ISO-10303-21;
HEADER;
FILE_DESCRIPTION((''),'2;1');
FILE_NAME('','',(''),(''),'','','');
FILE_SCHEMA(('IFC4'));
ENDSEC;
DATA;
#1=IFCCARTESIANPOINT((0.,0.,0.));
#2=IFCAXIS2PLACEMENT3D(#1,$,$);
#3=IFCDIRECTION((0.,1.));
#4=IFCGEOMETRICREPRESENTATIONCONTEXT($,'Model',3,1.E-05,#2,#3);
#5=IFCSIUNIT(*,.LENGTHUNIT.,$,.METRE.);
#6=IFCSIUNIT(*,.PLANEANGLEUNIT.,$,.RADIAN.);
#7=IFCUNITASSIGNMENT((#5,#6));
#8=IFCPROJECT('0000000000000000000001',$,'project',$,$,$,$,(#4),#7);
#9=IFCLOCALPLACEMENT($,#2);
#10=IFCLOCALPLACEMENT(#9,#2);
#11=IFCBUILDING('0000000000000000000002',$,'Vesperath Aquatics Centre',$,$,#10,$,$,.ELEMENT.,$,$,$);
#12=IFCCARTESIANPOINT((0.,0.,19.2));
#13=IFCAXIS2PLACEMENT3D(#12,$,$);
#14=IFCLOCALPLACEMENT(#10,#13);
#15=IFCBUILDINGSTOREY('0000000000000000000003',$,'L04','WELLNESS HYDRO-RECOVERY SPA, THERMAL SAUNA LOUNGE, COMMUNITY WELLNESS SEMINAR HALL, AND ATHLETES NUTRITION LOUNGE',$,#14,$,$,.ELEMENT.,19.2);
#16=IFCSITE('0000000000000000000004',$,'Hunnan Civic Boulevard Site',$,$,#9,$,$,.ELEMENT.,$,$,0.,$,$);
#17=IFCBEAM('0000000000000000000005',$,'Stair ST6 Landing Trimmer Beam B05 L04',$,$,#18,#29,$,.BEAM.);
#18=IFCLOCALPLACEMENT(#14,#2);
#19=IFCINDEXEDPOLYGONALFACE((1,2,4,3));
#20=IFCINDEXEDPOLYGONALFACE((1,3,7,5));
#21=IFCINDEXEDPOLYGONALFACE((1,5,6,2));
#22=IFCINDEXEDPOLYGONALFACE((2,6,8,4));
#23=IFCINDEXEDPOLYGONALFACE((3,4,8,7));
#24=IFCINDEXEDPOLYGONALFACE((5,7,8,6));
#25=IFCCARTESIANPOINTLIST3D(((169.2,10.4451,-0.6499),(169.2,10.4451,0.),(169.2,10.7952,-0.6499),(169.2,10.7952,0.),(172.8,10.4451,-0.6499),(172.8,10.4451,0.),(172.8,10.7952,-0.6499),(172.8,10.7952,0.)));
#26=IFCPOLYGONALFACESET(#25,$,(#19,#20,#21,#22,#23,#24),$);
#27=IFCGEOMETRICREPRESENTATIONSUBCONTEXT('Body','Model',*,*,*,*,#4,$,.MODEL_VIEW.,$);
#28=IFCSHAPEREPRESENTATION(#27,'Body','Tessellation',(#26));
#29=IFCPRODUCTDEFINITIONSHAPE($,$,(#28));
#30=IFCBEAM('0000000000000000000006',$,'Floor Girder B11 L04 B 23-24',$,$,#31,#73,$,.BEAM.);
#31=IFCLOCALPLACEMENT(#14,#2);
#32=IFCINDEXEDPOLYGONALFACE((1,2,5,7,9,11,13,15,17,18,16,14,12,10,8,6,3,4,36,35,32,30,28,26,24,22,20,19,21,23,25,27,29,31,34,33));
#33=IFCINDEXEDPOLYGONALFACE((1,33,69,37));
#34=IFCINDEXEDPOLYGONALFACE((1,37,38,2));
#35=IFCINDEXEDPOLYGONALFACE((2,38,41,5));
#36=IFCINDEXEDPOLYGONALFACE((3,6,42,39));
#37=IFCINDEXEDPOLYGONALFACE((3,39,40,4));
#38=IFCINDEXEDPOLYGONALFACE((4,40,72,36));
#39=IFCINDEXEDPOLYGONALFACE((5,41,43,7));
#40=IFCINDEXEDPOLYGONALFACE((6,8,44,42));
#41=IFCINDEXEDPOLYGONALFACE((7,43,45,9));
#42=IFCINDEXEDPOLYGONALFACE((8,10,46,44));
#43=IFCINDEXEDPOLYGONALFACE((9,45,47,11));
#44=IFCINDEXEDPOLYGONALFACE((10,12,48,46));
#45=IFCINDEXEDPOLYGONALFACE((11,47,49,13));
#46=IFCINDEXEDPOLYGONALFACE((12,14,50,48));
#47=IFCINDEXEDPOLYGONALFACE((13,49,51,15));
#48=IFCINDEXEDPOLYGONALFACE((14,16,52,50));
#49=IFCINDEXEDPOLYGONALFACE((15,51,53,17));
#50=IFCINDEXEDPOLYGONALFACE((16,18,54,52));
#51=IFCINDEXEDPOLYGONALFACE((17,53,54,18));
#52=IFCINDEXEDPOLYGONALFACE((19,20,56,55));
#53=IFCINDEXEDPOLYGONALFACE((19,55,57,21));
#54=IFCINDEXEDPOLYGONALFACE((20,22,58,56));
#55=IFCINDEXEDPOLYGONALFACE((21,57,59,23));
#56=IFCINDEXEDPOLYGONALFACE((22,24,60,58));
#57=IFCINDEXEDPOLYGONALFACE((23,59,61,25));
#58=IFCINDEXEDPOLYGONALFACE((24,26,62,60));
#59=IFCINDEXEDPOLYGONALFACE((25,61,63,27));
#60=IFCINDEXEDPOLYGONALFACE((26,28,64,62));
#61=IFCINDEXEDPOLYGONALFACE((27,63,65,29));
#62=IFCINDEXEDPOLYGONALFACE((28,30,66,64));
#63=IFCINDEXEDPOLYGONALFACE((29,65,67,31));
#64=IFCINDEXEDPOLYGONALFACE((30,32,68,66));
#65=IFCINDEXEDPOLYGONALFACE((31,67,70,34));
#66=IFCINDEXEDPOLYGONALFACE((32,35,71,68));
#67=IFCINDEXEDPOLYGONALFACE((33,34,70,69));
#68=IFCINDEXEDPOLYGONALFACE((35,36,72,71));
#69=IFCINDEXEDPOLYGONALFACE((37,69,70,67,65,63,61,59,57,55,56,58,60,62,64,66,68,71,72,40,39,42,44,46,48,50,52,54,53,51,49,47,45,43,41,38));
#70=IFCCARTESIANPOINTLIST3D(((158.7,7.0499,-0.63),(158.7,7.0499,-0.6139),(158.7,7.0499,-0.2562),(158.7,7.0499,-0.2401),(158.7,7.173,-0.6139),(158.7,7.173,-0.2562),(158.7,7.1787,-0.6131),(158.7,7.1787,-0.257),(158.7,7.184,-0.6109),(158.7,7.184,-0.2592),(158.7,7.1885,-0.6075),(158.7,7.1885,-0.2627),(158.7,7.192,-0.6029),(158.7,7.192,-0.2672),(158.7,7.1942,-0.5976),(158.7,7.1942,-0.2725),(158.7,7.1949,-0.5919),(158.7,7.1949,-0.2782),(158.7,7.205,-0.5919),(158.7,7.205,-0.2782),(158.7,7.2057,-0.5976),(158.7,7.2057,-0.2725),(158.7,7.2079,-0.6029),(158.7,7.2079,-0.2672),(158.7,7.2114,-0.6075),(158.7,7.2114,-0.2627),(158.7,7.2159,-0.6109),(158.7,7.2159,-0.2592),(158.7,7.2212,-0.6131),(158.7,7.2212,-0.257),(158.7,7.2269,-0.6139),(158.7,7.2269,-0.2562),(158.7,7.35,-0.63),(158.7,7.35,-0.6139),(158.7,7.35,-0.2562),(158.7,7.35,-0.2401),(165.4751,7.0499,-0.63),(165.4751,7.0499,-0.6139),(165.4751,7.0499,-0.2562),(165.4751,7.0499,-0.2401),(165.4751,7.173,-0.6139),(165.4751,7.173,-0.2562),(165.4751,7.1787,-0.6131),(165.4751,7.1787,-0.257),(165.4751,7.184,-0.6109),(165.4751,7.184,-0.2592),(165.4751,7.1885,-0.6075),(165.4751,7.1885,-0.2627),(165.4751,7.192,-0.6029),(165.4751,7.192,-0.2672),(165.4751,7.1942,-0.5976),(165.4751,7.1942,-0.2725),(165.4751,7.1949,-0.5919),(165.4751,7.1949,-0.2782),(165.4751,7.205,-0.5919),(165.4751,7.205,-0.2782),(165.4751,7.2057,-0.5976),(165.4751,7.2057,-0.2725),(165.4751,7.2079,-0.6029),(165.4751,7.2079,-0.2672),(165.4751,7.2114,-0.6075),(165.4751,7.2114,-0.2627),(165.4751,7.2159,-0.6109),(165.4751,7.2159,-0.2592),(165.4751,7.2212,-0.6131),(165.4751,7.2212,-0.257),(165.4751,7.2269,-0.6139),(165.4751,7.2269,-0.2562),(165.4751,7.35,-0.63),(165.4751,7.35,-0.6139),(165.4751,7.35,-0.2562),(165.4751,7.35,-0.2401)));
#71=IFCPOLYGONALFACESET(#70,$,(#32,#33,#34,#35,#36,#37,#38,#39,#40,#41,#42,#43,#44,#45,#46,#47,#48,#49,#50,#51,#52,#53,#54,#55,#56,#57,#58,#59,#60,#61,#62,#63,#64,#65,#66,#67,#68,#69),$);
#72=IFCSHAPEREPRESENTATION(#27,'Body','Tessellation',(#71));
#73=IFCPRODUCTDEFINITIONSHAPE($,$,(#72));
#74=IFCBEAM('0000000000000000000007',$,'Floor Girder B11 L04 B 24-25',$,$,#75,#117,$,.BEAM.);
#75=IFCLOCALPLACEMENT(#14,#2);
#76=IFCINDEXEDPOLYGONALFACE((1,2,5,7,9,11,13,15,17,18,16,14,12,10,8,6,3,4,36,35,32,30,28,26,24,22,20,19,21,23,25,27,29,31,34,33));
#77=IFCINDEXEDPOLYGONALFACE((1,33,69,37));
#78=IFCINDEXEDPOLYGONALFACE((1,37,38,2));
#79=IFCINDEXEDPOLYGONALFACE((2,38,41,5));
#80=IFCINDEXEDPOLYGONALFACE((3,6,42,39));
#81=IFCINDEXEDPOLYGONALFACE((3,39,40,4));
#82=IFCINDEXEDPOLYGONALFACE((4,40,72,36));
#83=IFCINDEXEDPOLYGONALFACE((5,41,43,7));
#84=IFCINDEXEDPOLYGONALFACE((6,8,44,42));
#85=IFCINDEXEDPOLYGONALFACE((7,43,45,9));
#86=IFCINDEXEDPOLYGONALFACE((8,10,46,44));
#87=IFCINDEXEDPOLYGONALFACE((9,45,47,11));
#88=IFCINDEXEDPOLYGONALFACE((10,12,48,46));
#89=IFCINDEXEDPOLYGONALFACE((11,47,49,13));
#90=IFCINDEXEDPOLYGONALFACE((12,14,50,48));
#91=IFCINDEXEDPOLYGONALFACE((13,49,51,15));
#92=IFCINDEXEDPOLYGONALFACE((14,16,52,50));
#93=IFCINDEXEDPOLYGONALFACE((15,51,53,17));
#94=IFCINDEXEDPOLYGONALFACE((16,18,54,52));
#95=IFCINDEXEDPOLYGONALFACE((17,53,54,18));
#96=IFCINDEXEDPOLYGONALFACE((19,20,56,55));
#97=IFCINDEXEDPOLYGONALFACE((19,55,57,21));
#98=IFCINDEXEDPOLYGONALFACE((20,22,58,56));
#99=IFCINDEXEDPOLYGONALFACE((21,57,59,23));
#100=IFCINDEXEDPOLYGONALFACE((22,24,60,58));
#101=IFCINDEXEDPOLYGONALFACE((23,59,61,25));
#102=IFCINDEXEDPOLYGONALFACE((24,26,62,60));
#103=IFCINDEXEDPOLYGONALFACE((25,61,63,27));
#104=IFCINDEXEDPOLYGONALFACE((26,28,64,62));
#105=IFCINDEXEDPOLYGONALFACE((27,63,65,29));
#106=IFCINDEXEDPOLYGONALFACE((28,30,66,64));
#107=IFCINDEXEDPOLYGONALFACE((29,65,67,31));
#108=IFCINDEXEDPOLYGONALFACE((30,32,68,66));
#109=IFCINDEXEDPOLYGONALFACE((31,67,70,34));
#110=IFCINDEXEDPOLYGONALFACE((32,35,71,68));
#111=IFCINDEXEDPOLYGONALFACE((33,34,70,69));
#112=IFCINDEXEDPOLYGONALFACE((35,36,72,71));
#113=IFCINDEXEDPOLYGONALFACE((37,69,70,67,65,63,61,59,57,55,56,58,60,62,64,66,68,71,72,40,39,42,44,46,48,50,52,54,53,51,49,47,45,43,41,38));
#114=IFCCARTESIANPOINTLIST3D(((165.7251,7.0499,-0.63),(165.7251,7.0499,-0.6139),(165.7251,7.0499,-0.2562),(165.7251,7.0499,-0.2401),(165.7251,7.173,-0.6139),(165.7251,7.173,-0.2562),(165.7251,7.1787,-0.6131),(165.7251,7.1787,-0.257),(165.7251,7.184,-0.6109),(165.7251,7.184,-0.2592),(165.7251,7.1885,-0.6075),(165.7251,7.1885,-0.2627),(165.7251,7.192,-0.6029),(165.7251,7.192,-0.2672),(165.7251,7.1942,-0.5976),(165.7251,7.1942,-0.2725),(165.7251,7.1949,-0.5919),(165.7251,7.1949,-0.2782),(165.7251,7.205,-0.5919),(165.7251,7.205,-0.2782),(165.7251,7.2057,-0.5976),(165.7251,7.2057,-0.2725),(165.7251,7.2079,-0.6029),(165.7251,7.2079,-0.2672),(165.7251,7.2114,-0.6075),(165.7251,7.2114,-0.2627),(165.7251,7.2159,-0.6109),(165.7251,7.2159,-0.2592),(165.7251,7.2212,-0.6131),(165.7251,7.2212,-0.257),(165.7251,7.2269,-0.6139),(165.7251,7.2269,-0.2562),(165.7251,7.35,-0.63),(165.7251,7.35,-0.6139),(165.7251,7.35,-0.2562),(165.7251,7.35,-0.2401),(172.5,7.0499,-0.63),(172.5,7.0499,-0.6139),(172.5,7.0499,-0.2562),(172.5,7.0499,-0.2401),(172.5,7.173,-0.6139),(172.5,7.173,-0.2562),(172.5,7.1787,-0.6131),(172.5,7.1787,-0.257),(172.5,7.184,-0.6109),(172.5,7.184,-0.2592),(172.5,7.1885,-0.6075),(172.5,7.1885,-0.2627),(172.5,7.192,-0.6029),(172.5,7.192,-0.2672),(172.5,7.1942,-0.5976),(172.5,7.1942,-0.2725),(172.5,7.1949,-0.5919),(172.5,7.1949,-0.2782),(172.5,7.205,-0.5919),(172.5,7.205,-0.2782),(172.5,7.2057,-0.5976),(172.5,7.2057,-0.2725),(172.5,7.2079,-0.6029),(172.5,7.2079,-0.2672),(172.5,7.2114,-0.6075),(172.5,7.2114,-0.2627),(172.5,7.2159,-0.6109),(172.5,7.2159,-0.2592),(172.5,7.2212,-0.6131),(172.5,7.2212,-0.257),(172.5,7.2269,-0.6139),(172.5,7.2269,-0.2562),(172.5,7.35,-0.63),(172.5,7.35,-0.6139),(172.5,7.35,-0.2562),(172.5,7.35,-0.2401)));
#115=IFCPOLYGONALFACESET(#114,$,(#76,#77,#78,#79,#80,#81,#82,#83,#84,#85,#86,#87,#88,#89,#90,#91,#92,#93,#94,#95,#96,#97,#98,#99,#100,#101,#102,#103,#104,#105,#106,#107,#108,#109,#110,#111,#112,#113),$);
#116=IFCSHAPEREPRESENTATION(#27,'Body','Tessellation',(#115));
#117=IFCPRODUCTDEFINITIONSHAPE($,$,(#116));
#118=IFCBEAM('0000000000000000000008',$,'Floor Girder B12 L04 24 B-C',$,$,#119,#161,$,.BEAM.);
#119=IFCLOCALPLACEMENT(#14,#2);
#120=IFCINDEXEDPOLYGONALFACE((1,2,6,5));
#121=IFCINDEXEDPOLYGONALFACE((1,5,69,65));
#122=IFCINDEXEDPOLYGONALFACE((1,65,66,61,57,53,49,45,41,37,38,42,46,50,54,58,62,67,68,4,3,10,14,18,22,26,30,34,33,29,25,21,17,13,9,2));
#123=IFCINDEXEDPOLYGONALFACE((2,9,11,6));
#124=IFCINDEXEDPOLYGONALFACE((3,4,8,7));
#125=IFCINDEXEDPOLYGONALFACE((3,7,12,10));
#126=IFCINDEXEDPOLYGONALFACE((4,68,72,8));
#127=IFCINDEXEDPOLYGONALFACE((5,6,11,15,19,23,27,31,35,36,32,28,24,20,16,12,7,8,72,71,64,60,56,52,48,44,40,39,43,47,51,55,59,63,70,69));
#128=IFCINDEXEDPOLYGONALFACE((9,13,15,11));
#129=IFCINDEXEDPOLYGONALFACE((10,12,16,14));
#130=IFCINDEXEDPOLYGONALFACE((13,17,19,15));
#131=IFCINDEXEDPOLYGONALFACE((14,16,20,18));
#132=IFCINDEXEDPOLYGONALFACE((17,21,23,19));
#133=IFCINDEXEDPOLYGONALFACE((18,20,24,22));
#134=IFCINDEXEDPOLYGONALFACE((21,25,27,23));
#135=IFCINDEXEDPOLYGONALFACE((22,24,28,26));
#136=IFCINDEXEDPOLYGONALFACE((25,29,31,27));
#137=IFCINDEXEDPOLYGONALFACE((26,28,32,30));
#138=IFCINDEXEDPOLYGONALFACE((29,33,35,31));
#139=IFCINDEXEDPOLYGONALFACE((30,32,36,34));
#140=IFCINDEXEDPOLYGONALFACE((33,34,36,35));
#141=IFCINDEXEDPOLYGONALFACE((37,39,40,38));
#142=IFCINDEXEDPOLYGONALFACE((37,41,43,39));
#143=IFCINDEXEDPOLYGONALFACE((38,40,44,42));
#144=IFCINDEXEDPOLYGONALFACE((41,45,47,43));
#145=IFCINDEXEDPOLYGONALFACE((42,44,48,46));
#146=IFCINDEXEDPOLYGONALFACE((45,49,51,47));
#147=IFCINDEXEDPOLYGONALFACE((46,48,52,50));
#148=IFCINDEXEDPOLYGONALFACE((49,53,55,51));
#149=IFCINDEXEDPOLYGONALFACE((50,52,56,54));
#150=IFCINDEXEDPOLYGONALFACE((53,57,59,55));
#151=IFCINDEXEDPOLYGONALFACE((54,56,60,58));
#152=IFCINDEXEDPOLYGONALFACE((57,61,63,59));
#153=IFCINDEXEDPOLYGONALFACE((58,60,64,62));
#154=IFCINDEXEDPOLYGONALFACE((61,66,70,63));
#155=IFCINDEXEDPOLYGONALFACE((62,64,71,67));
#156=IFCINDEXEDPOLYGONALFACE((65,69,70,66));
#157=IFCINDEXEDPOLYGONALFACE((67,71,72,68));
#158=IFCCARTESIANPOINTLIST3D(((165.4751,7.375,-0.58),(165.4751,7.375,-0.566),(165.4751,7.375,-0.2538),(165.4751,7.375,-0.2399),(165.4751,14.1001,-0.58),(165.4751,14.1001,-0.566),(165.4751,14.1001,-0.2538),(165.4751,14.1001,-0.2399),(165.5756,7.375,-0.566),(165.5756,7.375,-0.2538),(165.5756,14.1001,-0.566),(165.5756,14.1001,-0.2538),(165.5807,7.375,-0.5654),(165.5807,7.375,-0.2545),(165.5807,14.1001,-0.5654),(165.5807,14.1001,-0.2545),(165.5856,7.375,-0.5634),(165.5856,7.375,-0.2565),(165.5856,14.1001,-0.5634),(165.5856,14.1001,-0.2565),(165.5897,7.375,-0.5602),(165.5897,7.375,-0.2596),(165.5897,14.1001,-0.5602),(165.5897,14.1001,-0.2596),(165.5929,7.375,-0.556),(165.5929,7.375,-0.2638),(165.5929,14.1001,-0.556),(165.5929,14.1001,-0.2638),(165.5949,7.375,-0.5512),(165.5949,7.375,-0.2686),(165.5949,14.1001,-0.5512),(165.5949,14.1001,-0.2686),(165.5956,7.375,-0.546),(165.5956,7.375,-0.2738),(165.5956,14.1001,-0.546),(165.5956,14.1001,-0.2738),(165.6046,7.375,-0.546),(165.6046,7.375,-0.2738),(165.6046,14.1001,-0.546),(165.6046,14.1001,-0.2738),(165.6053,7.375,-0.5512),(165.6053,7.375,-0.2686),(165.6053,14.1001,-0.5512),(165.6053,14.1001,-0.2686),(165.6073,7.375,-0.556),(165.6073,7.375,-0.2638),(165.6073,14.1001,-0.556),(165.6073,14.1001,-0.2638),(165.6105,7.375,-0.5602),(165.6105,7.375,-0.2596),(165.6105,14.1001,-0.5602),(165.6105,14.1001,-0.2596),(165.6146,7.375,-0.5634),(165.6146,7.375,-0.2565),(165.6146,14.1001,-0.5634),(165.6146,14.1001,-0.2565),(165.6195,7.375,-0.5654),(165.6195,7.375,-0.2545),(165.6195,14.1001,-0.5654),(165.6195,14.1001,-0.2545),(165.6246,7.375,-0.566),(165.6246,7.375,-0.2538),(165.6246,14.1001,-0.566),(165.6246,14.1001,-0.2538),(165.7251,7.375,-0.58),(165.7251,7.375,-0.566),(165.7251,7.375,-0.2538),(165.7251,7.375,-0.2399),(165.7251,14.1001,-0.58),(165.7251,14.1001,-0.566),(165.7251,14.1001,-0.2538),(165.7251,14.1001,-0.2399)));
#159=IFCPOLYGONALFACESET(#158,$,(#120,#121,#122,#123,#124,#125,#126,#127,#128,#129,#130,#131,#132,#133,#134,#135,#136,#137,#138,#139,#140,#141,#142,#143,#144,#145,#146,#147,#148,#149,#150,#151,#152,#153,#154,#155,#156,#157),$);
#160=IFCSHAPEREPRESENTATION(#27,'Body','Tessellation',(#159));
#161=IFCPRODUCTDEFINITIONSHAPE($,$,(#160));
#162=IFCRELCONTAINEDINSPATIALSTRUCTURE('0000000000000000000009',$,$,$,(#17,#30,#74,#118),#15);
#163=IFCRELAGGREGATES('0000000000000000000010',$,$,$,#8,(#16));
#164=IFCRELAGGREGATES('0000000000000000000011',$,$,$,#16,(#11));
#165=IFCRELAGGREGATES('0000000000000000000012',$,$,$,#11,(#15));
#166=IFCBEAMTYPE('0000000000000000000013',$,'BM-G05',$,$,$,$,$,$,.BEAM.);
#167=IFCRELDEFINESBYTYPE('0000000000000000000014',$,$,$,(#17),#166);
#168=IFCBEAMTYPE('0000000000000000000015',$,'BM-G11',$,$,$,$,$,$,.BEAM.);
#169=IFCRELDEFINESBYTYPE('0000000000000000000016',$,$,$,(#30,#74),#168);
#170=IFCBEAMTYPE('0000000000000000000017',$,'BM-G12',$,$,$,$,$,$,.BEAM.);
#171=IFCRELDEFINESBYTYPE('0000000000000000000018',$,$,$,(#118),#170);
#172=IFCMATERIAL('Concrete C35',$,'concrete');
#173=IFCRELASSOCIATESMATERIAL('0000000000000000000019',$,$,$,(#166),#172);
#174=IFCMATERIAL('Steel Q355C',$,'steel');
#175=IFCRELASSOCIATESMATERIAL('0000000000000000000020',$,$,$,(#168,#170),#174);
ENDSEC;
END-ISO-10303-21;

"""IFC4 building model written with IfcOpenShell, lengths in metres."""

from ifc_helpers import new_model, si_unit, direction, frame, origin, origin_2d, place, context, subcontext, project, spatial, rectangle, i_section, extrude, material, material_profile, profile_set, type_object, element, save


model = new_model("IFC4")

# Units and contexts
model_context = context("Model", 3, precision=1e-05, world=origin(), true_north=direction((0.0, 1.0)))
body_context = subcontext(model_context, "Body", "Model", "MODEL_VIEW")
ifc_project = project(units=[si_unit("LENGTHUNIT", "METRE"), si_unit("PLANEANGLEUNIT", "RADIAN")], contexts=[model_context])

# Site, building, storey
site_placement = place(None, origin())
site = spatial("IfcSite", under=ifc_project, at=site_placement, Name="Hunnan Civic Boulevard Site", CompositionType="ELEMENT", RefElevation=0.0)
building_placement = place(site_placement, origin())
building = spatial("IfcBuilding", under=site, at=building_placement, Name="Vesperath Aquatics Centre", CompositionType="ELEMENT")
storey_placement = place(building_placement, frame((0.0, 0.0, 19.2)))
storey = spatial("IfcBuildingStorey", under=building, at=storey_placement, Name="L04", Description="WELLNESS HYDRO-RECOVERY SPA, THERMAL SAUNA LOUNGE, COMMUNITY WELLNESS SEMINAR HALL, AND ATHLETES NUTRITION LOUNGE", CompositionType="ELEMENT", Elevation=19.2)

# Shared definitions
ifc_material_1 = material(Name="Steel Q355C", Category="steel")

# Beams
ifc_material_2 = material(Name="Concrete C35", Category="concrete")
ifc_material_profile_1 = material_profile(ifc_material_2, rectangle(XDim=0.3501, YDim=0.6499, at=origin_2d()), Name="RC 350x650")
ifc_profile_set_1 = profile_set([ifc_material_profile_1], Name="Concrete C35")
beam_type_1 = type_object("IfcBeamType", Name="BM-G05", PredefinedType="BEAM", material=ifc_profile_set_1)
beam_1_placement = place(storey_placement, frame((169.2, 10.6201, -0.325), z_axis=(1.0, 0.0, 0.0), x_axis=(0.0, 1.0, 0.0)))
element("IfcBeam", 1, at=beam_1_placement, inside=storey, type_object=beam_type_1, Name="Stair ST6 Landing Trimmer Beam B05 L04", PredefinedType="BEAM", context=body_context, shape_type="SweptSolid", body=[
    extrude(rectangle(XDim=0.3501, YDim=0.6499, at=origin_2d()), origin(), (0.0, 0.0, 1.0), 3.6001),
])
ifc_material_profile_2 = material_profile(ifc_material_1, i_section(OverallWidth=0.3, OverallDepth=0.3899, WebThickness=0.01, FlangeThickness=0.0161, FilletRadius=0.022, at=origin_2d()), Name="HM 390x300x10x16")
ifc_profile_set_2 = profile_set([ifc_material_profile_2], Name="Steel Q355C")
beam_type_2 = type_object("IfcBeamType", Name="BM-G11", PredefinedType="BEAM", material=ifc_profile_set_2)
beam_2_placement = place(storey_placement, frame((158.7, 7.2, -0.4351), z_axis=(1.0, 0.0, 0.0), x_axis=(0.0, 1.0, 0.0)))
element("IfcBeam", 2, at=beam_2_placement, inside=storey, type_object=beam_type_2, Name="Floor Girder B11 L04 B 23-24", PredefinedType="BEAM", context=body_context, shape_type="SweptSolid", body=[
    extrude(i_section(OverallWidth=0.3, OverallDepth=0.3899, WebThickness=0.01, FlangeThickness=0.0161, FilletRadius=0.022, at=origin_2d()), origin(), (0.0, 0.0, 1.0), 6.7751),
])
beam_3_placement = place(storey_placement, frame((165.7251, 7.2, -0.4351), z_axis=(1.0, 0.0, 0.0), x_axis=(0.0, 1.0, 0.0)))
element("IfcBeam", 3, at=beam_3_placement, inside=storey, type_object=beam_type_2, Name="Floor Girder B11 L04 B 24-25", PredefinedType="BEAM", context=body_context, shape_type="SweptSolid", body=[
    extrude(i_section(OverallWidth=0.3, OverallDepth=0.3899, WebThickness=0.01, FlangeThickness=0.0161, FilletRadius=0.022, at=origin_2d()), origin(), (0.0, 0.0, 1.0), 6.7749),
])
ifc_material_profile_3 = material_profile(ifc_material_1, i_section(OverallWidth=0.25, OverallDepth=0.3401, WebThickness=0.009, FlangeThickness=0.0139, FilletRadius=0.02, at=origin_2d()), Name="HM 340x250x9x14")
ifc_profile_set_3 = profile_set([ifc_material_profile_3], Name="Steel Q355C")
beam_type_3 = type_object("IfcBeamType", Name="BM-G12", PredefinedType="BEAM", material=ifc_profile_set_3)
beam_4_placement = place(storey_placement, frame((165.6001, 7.375, -0.4099), z_axis=(0.0, 1.0, 0.0), x_axis=(-1.0, 0.0, 0.0)))
element("IfcBeam", 4, at=beam_4_placement, inside=storey, type_object=beam_type_3, Name="Floor Girder B12 L04 24 B-C", PredefinedType="BEAM", context=body_context, shape_type="SweptSolid", body=[
    extrude(i_section(OverallWidth=0.25, OverallDepth=0.3401, WebThickness=0.009, FlangeThickness=0.0139, FilletRadius=0.02, at=origin_2d()), origin(), (0.0, 0.0, 1.0), 6.7251),
])

save(model, "model.ifc")
